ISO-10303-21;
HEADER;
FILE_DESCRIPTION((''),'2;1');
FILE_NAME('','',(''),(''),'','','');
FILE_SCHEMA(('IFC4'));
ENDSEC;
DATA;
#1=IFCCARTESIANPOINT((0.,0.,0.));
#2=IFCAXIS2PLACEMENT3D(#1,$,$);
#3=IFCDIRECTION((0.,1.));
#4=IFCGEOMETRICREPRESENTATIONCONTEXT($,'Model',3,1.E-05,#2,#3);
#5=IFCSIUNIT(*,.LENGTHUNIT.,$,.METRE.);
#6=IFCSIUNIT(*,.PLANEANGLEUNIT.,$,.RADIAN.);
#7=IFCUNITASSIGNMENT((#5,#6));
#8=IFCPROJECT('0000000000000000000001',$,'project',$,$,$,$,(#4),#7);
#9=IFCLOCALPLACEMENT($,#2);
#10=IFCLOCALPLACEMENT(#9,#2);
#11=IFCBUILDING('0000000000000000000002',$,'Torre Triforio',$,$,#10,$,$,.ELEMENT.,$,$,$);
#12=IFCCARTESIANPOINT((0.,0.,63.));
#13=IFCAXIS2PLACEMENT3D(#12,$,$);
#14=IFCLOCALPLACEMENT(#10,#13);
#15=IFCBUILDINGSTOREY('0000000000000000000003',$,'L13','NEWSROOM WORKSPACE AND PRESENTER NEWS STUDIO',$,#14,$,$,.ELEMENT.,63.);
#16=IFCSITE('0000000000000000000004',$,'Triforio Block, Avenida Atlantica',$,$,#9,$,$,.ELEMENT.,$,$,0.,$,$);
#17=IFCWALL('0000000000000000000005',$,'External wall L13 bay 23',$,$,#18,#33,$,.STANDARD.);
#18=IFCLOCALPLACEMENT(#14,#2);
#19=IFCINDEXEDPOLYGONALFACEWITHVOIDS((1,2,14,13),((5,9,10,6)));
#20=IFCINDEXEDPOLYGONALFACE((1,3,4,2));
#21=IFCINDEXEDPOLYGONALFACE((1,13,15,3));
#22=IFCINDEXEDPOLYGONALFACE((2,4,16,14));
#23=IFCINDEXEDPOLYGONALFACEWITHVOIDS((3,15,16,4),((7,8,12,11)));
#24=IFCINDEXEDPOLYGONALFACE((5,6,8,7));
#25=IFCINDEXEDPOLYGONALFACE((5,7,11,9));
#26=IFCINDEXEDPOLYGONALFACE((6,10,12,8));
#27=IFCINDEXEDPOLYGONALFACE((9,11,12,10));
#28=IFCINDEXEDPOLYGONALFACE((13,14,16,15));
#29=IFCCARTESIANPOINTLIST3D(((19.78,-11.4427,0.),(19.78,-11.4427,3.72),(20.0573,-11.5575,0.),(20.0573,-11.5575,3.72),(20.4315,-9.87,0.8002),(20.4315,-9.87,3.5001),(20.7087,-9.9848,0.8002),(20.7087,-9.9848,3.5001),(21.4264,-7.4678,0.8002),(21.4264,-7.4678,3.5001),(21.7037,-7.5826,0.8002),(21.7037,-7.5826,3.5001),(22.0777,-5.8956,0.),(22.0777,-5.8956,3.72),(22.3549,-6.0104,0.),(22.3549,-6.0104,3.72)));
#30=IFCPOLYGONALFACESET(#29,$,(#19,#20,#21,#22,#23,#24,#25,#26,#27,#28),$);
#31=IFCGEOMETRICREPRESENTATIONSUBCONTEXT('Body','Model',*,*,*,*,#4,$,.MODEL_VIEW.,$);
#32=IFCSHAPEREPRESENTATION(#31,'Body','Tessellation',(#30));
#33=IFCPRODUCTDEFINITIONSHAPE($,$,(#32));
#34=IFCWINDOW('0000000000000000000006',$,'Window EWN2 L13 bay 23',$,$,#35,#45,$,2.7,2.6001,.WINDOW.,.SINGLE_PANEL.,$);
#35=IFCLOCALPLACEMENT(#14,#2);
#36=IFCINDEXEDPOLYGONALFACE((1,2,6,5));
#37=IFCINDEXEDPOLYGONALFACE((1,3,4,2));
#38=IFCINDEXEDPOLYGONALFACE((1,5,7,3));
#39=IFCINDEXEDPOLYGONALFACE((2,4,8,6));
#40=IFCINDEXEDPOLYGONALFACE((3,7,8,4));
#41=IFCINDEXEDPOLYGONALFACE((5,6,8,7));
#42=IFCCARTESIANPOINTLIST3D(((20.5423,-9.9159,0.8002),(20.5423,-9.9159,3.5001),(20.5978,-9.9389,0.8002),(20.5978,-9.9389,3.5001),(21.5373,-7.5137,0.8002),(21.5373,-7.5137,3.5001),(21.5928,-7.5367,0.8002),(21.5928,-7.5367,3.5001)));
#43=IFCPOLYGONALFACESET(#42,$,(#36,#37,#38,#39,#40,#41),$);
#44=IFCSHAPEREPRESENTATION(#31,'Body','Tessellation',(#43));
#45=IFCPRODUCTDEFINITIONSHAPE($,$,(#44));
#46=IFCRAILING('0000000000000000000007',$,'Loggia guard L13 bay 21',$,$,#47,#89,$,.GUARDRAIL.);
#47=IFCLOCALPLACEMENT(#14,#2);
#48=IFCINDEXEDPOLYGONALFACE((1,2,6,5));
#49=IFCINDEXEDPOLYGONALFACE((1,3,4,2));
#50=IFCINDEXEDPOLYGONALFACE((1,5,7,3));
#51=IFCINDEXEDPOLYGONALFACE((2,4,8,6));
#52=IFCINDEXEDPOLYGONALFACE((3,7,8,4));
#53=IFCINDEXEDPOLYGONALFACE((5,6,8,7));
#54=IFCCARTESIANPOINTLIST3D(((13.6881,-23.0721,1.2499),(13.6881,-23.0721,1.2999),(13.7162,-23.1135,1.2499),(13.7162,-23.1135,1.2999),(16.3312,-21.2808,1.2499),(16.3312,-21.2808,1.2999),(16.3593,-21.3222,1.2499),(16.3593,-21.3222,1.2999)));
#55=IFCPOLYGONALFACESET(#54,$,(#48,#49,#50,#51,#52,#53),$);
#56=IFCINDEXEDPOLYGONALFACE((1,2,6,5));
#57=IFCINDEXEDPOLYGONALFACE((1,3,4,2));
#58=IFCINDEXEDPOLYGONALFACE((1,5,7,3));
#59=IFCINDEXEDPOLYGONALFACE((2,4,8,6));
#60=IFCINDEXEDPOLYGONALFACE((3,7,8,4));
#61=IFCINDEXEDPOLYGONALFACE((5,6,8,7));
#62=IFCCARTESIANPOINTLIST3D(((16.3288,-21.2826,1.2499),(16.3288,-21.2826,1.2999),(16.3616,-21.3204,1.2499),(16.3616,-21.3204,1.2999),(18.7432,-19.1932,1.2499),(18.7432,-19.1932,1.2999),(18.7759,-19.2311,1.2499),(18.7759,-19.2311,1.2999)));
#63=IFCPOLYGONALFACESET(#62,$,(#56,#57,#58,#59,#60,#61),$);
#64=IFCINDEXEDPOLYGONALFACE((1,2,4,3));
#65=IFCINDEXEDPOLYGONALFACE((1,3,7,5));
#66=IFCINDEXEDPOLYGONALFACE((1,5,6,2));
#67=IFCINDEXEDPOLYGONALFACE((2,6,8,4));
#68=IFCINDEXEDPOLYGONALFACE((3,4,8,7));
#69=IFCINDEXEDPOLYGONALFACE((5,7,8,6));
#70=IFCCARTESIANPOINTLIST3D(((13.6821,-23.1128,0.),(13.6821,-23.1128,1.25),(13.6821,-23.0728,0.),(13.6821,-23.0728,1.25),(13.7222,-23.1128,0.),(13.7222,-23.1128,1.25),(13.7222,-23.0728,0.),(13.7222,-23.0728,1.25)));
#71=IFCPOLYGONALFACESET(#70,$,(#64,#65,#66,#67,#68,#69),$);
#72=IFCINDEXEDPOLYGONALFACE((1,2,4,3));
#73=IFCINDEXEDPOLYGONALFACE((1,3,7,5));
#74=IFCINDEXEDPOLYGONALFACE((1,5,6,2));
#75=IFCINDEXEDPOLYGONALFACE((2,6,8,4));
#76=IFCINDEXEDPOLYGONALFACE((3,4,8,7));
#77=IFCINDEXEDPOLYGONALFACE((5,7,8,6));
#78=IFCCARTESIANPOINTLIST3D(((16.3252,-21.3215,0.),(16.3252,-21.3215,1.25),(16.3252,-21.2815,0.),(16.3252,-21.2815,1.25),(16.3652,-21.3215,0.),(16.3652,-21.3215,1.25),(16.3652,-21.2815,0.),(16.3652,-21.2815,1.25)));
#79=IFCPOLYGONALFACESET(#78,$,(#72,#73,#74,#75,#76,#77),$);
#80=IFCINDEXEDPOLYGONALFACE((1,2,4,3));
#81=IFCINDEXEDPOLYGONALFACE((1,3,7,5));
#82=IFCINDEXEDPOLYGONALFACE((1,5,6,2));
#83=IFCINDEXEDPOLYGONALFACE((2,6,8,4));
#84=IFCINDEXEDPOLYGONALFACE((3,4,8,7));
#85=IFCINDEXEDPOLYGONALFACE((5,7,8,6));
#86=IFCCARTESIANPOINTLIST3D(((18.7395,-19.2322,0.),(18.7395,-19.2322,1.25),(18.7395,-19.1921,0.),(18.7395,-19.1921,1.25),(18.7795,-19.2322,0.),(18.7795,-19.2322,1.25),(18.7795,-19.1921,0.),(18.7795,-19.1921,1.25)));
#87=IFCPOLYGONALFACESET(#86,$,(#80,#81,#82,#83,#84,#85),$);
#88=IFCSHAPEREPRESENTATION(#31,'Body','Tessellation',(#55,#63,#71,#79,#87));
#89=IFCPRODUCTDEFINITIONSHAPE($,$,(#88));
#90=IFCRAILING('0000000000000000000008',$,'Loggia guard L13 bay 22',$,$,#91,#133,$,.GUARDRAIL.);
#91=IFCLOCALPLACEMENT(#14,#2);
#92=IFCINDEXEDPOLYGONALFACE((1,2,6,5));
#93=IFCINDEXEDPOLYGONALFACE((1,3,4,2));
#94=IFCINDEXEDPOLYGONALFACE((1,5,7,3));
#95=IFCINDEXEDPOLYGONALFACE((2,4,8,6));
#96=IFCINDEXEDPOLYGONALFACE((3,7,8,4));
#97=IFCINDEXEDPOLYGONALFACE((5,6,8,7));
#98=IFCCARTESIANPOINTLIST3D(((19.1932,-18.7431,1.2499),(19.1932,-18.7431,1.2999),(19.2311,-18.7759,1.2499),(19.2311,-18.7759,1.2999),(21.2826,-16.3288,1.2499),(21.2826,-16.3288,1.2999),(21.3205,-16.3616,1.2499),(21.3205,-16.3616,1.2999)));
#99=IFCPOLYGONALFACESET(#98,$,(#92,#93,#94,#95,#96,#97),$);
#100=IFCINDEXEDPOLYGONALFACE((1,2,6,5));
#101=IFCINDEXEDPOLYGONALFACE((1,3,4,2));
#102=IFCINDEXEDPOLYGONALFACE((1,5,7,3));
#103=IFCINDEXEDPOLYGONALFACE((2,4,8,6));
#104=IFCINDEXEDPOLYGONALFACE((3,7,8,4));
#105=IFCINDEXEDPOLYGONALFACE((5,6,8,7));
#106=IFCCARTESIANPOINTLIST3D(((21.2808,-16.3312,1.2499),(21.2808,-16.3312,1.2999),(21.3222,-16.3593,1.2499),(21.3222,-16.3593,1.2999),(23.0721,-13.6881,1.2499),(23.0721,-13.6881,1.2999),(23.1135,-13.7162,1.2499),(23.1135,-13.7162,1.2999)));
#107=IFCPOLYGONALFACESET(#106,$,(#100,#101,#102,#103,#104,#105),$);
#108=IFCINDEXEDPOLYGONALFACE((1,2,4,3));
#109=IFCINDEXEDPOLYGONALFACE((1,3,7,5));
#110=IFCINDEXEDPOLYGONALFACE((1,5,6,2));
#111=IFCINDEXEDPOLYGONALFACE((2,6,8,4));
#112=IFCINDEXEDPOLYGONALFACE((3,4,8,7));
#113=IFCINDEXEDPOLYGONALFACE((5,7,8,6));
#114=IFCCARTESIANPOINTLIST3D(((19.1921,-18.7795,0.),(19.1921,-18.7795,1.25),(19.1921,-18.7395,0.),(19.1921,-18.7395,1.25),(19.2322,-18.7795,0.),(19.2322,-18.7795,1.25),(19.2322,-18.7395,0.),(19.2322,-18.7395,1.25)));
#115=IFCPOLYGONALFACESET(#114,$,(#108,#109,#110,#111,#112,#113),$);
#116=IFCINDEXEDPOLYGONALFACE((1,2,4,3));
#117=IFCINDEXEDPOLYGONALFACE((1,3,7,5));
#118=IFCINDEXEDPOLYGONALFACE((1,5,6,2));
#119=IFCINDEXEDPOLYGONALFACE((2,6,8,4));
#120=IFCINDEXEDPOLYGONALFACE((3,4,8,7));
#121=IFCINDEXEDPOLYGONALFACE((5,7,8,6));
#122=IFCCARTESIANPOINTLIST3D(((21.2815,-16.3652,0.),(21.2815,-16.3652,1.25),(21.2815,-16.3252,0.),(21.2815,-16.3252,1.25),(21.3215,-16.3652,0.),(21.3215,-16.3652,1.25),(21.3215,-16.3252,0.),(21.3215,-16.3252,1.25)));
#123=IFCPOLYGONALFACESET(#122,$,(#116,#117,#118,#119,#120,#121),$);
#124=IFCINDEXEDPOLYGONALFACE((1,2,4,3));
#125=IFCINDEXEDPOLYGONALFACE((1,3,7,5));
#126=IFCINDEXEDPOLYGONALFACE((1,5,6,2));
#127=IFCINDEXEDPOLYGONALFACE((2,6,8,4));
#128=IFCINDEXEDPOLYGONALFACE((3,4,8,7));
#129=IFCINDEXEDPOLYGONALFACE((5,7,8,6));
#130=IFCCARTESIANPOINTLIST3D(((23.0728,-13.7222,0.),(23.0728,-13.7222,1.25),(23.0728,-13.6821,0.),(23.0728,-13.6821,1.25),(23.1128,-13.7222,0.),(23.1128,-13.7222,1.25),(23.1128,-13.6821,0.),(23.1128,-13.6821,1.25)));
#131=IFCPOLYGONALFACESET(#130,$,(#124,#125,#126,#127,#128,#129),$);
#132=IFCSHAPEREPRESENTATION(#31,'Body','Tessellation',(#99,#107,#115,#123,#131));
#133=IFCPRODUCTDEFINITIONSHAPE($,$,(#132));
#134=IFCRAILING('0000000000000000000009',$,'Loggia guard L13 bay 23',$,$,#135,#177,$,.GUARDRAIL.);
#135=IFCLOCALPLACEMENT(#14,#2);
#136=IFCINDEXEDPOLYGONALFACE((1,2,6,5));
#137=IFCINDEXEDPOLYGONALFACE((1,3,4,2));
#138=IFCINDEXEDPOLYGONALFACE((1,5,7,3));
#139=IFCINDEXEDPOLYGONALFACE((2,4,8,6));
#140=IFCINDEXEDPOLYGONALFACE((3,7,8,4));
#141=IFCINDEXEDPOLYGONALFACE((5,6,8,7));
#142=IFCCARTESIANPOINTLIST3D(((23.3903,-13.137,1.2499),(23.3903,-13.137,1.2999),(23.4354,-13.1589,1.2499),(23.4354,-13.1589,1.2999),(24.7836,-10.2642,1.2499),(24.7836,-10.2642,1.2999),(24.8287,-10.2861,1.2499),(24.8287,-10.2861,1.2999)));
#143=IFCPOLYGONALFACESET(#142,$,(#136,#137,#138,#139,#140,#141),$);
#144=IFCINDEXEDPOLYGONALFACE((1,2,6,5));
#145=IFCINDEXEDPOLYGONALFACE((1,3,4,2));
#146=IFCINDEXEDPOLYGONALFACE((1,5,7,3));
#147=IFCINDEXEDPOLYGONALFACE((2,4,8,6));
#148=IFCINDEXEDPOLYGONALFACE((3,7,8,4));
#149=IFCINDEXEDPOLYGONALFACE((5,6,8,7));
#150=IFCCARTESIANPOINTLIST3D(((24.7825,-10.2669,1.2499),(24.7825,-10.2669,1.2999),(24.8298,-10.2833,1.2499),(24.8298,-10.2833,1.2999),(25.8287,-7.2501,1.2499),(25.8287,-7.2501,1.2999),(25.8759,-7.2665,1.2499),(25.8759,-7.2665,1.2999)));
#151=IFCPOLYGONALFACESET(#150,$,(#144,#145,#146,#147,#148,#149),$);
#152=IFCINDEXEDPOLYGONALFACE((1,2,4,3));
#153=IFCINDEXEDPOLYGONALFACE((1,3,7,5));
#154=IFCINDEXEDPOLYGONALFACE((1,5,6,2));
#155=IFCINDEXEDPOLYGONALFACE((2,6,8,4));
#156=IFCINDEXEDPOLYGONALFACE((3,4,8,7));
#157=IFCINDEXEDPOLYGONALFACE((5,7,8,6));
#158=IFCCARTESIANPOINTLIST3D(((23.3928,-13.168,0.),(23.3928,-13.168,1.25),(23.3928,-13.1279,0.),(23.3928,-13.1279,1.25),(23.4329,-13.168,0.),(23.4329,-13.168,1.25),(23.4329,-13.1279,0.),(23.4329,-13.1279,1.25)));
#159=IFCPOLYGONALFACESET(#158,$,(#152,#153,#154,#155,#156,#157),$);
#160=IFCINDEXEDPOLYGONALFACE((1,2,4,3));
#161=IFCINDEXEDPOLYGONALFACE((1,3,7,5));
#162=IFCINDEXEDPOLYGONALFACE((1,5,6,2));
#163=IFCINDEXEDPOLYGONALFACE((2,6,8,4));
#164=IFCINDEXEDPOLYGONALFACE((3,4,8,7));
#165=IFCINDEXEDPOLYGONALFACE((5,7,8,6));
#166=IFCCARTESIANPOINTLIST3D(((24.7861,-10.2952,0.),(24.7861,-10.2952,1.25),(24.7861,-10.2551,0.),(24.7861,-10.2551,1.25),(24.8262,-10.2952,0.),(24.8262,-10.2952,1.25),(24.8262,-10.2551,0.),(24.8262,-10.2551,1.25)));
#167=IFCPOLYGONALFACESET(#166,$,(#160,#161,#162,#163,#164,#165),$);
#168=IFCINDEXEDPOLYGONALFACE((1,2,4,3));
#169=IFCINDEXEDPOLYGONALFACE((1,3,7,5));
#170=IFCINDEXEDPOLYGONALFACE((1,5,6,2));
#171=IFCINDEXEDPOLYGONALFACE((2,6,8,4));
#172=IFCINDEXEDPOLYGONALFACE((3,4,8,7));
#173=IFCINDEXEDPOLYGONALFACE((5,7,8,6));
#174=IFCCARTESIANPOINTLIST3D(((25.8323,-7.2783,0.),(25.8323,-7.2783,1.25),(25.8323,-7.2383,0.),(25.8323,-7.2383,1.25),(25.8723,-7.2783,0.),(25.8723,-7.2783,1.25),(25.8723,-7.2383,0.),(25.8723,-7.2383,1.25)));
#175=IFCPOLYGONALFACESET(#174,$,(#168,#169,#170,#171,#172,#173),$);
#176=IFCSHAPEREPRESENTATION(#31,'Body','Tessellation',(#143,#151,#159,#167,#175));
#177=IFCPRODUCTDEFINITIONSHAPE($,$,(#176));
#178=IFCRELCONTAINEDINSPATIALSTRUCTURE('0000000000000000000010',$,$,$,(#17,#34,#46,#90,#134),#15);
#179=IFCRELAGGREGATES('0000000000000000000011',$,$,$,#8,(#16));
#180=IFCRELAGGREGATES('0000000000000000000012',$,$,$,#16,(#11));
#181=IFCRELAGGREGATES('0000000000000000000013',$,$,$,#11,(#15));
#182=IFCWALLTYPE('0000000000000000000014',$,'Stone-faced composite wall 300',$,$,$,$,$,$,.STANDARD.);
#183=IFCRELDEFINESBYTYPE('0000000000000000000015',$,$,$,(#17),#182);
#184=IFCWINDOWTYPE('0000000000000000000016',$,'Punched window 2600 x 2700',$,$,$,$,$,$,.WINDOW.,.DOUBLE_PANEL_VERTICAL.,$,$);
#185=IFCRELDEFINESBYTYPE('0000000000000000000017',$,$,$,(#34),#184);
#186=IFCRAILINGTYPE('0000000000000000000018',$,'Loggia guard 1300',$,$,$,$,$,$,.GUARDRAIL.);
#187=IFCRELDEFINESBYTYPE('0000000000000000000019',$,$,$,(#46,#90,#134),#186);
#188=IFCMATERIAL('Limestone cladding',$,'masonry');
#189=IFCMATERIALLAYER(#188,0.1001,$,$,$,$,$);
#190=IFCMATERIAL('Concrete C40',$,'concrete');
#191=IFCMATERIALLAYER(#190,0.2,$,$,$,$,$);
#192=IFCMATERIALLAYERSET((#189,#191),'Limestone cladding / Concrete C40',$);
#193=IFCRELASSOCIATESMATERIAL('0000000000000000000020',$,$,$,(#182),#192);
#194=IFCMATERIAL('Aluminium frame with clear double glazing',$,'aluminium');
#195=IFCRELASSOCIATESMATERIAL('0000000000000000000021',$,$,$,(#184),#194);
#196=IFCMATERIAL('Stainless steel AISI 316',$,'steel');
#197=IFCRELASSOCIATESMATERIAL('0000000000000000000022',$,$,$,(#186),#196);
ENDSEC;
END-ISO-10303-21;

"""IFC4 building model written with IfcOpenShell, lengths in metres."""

from ifc_helpers import new_model, si_unit, direction, frame, frame_2d, origin, origin_2d, place, context, subcontext, project, spatial, rectangle, extrude, material, layer, layer_set, type_object, element, fill, save


model = new_model("IFC4")

# Units and contexts
model_context = context("Model", 3, precision=1e-05, world=origin(), true_north=direction((0.0, 1.0)))
body_context = subcontext(model_context, "Body", "Model", "MODEL_VIEW")
ifc_project = project(units=[si_unit("LENGTHUNIT", "METRE"), si_unit("PLANEANGLEUNIT", "RADIAN")], contexts=[model_context])

# Site, building, storey
site_placement = place(None, origin())
site = spatial("IfcSite", under=ifc_project, at=site_placement, Name="Triforio Block, Avenida Atlantica", CompositionType="ELEMENT", RefElevation=0.0)
building_placement = place(site_placement, origin())
building = spatial("IfcBuilding", under=site, at=building_placement, Name="Torre Triforio", CompositionType="ELEMENT")
storey_placement = place(building_placement, frame((0.0, 0.0, 63.0)))
storey = spatial("IfcBuildingStorey", under=building, at=storey_placement, Name="L13", Description="NEWSROOM WORKSPACE AND PRESENTER NEWS STUDIO", CompositionType="ELEMENT", Elevation=63.0)

# Shared definitions
ifc_material_1 = material(Name="Limestone cladding", Category="masonry")
ifc_material_2 = material(Name="Concrete C40", Category="concrete")

# Shared definitions
ifc_layer_1 = layer(ifc_material_1, 0.1001)
ifc_layer_2 = layer(ifc_material_2, 0.2)
ifc_layer_set_1 = layer_set([ifc_layer_1, ifc_layer_2], Name="Limestone cladding / Concrete C40")
wall_type_1 = type_object("IfcWallType", Name="Stone-faced composite wall 300", PredefinedType="STANDARD", material=ifc_layer_set_1)
ifc_material_3 = material(Name="Aluminium frame with clear double glazing", Category="aluminium")
window_type_1 = type_object("IfcWindowType", Name="Punched window 2600 x 2700", PartitioningType="DOUBLE_PANEL_VERTICAL", PredefinedType="WINDOW", material=ifc_material_3)

# Wall, opening, window
wall_1_placement = place(storey_placement, frame((19.9187, -11.5, 0.0), z_axis=(0.0, 0.0, 1.0), x_axis=(0.382671, 0.923885, 0.0)))
wall_1 = element("IfcWall", 1, at=wall_1_placement, inside=storey, type_object=wall_type_1, Name="External wall L13 bay 23", PredefinedType="STANDARD", context=body_context, shape_type="SweptSolid", body=[
    extrude(rectangle(XDim=6.0042, YDim=0.3, at=frame_2d((3.002, 0.0))), origin(), (0.0, 0.0, 1.0), 3.72),
])
opening_1_placement = place(wall_1_placement, frame((1.7021, 0.0, 0.8)))
opening_1 = element("IfcOpeningElement", 2, at=opening_1_placement, cuts=wall_1, PredefinedType="OPENING", context=body_context, shape_type="SweptSolid", body=[
    extrude(rectangle(XDim=2.6001, YDim=2.7, at=frame_2d((1.3, 1.3501))), frame((0.0, 0.1599, 0.0), z_axis=(0.0, -1.0, 0.0), x_axis=(1.0, 0.0, 0.0)), (0.0, 0.0, 1.0), 0.3201),
])
window_1_placement = place(opening_1_placement, origin())
window_1 = element("IfcWindow", 3, at=window_1_placement, inside=storey, type_object=window_type_1, Name="Window EWN2 L13 bay 23", OverallHeight=2.7, OverallWidth=2.6001, PartitioningType="SINGLE_PANEL", PredefinedType="WINDOW", context=body_context, shape_type="SweptSolid", body=[
    extrude(rectangle(XDim=2.6001, YDim=2.7, at=frame_2d((1.3, 1.3501))), frame((0.0, 0.03, 0.0), z_axis=(0.0, -1.0, 0.0), x_axis=(1.0, 0.0, 0.0)), (0.0, 0.0, 1.0), 0.0601),
])
fill(opening_1, window_1)

# Railings
ifc_material_4 = material(Name="Stainless steel AISI 316", Category="steel")
railing_type = type_object("IfcRailingType", Name="Loggia guard 1300", PredefinedType="GUARDRAIL", material=ifc_material_4)
railing_1_placement = place(storey_placement, frame((13.7021, -23.0928, 0.0)))
element("IfcRailing", 4, at=railing_1_placement, inside=storey, type_object=railing_type, Name="Loggia guard L13 bay 21", PredefinedType="GUARDRAIL", context=body_context, shape_type="SweptSolid", body=[
    extrude(rectangle(XDim=0.05, YDim=0.05, at=origin_2d()), frame((0.0, 0.0, 1.2749), z_axis=(0.827803, 0.561019, 0.0), x_axis=(-0.561019, 0.827803, 0.0)), (0.0, 0.0, 1.0), 3.1929),
    extrude(rectangle(XDim=0.05, YDim=0.05, at=origin_2d()), frame((2.6431, 1.7913, 1.2749), z_axis=(0.756161, 0.654386, 0.0), x_axis=(-0.654386, 0.756161, 0.0)), (0.0, 0.0, 1.0), 3.1929),
    extrude(rectangle(XDim=0.04, YDim=0.04, at=origin_2d()), origin(), (0.0, 0.0, 1.0), 1.25),
    extrude(rectangle(XDim=0.04, YDim=0.04, at=origin_2d()), frame((2.6431, 1.7913, 0.0)), (0.0, 0.0, 1.0), 1.25),
    extrude(rectangle(XDim=0.04, YDim=0.04, at=origin_2d()), frame((5.0574, 3.8806, 0.0)), (0.0, 0.0, 1.0), 1.25),
])
railing_2_placement = place(storey_placement, frame((19.2122, -18.7595, 0.0)))
element("IfcRailing", 5, at=railing_2_placement, inside=storey, type_object=railing_type, Name="Loggia guard L13 bay 22", PredefinedType="GUARDRAIL", context=body_context, shape_type="SweptSolid", body=[
    extrude(rectangle(XDim=0.05, YDim=0.05, at=origin_2d()), frame((0.0, 0.0, 1.2749), z_axis=(0.654386, 0.756161, 0.0), x_axis=(-0.756161, 0.654386, 0.0)), (0.0, 0.0, 1.0), 3.1929),
    extrude(rectangle(XDim=0.05, YDim=0.05, at=origin_2d()), frame((2.0894, 2.4143, 1.2749), z_axis=(0.561019, 0.827803, 0.0), x_axis=(-0.827803, 0.561019, 0.0)), (0.0, 0.0, 1.0), 3.1929),
    extrude(rectangle(XDim=0.04, YDim=0.04, at=origin_2d()), origin(), (0.0, 0.0, 1.0), 1.25),
    extrude(rectangle(XDim=0.04, YDim=0.04, at=origin_2d()), frame((2.0894, 2.4143, 0.0)), (0.0, 0.0, 1.0), 1.25),
    extrude(rectangle(XDim=0.04, YDim=0.04, at=origin_2d()), frame((3.8806, 5.0574, 0.0)), (0.0, 0.0, 1.0), 1.25),
])
railing_3_placement = place(storey_placement, frame((23.4128, -13.1479, 0.0)))
element("IfcRailing", 6, at=railing_3_placement, inside=storey, type_object=railing_type, Name="Loggia guard L13 bay 23", PredefinedType="GUARDRAIL", context=body_context, shape_type="SweptSolid", body=[
    extrude(rectangle(XDim=0.05, YDim=0.05, at=origin_2d()), frame((0.0, 0.0, 1.2749), z_axis=(0.436384, 0.89976, 0.0), x_axis=(-0.89976, 0.436384, 0.0)), (0.0, 0.0, 1.0), 3.1929),
    extrude(rectangle(XDim=0.05, YDim=0.05, at=origin_2d()), frame((1.3933, 2.8728, 1.2749), z_axis=(0.327628, 0.944807, 0.0), x_axis=(-0.944807, 0.327628, 0.0)), (0.0, 0.0, 1.0), 3.1931),
    extrude(rectangle(XDim=0.04, YDim=0.04, at=origin_2d()), origin(), (0.0, 0.0, 1.0), 1.25),
    extrude(rectangle(XDim=0.04, YDim=0.04, at=origin_2d()), frame((1.3933, 2.8728, 0.0)), (0.0, 0.0, 1.0), 1.25),
    extrude(rectangle(XDim=0.04, YDim=0.04, at=origin_2d()), frame((2.4395, 5.8896, 0.0)), (0.0, 0.0, 1.0), 1.25),
])

save(model, "model.ifc")
